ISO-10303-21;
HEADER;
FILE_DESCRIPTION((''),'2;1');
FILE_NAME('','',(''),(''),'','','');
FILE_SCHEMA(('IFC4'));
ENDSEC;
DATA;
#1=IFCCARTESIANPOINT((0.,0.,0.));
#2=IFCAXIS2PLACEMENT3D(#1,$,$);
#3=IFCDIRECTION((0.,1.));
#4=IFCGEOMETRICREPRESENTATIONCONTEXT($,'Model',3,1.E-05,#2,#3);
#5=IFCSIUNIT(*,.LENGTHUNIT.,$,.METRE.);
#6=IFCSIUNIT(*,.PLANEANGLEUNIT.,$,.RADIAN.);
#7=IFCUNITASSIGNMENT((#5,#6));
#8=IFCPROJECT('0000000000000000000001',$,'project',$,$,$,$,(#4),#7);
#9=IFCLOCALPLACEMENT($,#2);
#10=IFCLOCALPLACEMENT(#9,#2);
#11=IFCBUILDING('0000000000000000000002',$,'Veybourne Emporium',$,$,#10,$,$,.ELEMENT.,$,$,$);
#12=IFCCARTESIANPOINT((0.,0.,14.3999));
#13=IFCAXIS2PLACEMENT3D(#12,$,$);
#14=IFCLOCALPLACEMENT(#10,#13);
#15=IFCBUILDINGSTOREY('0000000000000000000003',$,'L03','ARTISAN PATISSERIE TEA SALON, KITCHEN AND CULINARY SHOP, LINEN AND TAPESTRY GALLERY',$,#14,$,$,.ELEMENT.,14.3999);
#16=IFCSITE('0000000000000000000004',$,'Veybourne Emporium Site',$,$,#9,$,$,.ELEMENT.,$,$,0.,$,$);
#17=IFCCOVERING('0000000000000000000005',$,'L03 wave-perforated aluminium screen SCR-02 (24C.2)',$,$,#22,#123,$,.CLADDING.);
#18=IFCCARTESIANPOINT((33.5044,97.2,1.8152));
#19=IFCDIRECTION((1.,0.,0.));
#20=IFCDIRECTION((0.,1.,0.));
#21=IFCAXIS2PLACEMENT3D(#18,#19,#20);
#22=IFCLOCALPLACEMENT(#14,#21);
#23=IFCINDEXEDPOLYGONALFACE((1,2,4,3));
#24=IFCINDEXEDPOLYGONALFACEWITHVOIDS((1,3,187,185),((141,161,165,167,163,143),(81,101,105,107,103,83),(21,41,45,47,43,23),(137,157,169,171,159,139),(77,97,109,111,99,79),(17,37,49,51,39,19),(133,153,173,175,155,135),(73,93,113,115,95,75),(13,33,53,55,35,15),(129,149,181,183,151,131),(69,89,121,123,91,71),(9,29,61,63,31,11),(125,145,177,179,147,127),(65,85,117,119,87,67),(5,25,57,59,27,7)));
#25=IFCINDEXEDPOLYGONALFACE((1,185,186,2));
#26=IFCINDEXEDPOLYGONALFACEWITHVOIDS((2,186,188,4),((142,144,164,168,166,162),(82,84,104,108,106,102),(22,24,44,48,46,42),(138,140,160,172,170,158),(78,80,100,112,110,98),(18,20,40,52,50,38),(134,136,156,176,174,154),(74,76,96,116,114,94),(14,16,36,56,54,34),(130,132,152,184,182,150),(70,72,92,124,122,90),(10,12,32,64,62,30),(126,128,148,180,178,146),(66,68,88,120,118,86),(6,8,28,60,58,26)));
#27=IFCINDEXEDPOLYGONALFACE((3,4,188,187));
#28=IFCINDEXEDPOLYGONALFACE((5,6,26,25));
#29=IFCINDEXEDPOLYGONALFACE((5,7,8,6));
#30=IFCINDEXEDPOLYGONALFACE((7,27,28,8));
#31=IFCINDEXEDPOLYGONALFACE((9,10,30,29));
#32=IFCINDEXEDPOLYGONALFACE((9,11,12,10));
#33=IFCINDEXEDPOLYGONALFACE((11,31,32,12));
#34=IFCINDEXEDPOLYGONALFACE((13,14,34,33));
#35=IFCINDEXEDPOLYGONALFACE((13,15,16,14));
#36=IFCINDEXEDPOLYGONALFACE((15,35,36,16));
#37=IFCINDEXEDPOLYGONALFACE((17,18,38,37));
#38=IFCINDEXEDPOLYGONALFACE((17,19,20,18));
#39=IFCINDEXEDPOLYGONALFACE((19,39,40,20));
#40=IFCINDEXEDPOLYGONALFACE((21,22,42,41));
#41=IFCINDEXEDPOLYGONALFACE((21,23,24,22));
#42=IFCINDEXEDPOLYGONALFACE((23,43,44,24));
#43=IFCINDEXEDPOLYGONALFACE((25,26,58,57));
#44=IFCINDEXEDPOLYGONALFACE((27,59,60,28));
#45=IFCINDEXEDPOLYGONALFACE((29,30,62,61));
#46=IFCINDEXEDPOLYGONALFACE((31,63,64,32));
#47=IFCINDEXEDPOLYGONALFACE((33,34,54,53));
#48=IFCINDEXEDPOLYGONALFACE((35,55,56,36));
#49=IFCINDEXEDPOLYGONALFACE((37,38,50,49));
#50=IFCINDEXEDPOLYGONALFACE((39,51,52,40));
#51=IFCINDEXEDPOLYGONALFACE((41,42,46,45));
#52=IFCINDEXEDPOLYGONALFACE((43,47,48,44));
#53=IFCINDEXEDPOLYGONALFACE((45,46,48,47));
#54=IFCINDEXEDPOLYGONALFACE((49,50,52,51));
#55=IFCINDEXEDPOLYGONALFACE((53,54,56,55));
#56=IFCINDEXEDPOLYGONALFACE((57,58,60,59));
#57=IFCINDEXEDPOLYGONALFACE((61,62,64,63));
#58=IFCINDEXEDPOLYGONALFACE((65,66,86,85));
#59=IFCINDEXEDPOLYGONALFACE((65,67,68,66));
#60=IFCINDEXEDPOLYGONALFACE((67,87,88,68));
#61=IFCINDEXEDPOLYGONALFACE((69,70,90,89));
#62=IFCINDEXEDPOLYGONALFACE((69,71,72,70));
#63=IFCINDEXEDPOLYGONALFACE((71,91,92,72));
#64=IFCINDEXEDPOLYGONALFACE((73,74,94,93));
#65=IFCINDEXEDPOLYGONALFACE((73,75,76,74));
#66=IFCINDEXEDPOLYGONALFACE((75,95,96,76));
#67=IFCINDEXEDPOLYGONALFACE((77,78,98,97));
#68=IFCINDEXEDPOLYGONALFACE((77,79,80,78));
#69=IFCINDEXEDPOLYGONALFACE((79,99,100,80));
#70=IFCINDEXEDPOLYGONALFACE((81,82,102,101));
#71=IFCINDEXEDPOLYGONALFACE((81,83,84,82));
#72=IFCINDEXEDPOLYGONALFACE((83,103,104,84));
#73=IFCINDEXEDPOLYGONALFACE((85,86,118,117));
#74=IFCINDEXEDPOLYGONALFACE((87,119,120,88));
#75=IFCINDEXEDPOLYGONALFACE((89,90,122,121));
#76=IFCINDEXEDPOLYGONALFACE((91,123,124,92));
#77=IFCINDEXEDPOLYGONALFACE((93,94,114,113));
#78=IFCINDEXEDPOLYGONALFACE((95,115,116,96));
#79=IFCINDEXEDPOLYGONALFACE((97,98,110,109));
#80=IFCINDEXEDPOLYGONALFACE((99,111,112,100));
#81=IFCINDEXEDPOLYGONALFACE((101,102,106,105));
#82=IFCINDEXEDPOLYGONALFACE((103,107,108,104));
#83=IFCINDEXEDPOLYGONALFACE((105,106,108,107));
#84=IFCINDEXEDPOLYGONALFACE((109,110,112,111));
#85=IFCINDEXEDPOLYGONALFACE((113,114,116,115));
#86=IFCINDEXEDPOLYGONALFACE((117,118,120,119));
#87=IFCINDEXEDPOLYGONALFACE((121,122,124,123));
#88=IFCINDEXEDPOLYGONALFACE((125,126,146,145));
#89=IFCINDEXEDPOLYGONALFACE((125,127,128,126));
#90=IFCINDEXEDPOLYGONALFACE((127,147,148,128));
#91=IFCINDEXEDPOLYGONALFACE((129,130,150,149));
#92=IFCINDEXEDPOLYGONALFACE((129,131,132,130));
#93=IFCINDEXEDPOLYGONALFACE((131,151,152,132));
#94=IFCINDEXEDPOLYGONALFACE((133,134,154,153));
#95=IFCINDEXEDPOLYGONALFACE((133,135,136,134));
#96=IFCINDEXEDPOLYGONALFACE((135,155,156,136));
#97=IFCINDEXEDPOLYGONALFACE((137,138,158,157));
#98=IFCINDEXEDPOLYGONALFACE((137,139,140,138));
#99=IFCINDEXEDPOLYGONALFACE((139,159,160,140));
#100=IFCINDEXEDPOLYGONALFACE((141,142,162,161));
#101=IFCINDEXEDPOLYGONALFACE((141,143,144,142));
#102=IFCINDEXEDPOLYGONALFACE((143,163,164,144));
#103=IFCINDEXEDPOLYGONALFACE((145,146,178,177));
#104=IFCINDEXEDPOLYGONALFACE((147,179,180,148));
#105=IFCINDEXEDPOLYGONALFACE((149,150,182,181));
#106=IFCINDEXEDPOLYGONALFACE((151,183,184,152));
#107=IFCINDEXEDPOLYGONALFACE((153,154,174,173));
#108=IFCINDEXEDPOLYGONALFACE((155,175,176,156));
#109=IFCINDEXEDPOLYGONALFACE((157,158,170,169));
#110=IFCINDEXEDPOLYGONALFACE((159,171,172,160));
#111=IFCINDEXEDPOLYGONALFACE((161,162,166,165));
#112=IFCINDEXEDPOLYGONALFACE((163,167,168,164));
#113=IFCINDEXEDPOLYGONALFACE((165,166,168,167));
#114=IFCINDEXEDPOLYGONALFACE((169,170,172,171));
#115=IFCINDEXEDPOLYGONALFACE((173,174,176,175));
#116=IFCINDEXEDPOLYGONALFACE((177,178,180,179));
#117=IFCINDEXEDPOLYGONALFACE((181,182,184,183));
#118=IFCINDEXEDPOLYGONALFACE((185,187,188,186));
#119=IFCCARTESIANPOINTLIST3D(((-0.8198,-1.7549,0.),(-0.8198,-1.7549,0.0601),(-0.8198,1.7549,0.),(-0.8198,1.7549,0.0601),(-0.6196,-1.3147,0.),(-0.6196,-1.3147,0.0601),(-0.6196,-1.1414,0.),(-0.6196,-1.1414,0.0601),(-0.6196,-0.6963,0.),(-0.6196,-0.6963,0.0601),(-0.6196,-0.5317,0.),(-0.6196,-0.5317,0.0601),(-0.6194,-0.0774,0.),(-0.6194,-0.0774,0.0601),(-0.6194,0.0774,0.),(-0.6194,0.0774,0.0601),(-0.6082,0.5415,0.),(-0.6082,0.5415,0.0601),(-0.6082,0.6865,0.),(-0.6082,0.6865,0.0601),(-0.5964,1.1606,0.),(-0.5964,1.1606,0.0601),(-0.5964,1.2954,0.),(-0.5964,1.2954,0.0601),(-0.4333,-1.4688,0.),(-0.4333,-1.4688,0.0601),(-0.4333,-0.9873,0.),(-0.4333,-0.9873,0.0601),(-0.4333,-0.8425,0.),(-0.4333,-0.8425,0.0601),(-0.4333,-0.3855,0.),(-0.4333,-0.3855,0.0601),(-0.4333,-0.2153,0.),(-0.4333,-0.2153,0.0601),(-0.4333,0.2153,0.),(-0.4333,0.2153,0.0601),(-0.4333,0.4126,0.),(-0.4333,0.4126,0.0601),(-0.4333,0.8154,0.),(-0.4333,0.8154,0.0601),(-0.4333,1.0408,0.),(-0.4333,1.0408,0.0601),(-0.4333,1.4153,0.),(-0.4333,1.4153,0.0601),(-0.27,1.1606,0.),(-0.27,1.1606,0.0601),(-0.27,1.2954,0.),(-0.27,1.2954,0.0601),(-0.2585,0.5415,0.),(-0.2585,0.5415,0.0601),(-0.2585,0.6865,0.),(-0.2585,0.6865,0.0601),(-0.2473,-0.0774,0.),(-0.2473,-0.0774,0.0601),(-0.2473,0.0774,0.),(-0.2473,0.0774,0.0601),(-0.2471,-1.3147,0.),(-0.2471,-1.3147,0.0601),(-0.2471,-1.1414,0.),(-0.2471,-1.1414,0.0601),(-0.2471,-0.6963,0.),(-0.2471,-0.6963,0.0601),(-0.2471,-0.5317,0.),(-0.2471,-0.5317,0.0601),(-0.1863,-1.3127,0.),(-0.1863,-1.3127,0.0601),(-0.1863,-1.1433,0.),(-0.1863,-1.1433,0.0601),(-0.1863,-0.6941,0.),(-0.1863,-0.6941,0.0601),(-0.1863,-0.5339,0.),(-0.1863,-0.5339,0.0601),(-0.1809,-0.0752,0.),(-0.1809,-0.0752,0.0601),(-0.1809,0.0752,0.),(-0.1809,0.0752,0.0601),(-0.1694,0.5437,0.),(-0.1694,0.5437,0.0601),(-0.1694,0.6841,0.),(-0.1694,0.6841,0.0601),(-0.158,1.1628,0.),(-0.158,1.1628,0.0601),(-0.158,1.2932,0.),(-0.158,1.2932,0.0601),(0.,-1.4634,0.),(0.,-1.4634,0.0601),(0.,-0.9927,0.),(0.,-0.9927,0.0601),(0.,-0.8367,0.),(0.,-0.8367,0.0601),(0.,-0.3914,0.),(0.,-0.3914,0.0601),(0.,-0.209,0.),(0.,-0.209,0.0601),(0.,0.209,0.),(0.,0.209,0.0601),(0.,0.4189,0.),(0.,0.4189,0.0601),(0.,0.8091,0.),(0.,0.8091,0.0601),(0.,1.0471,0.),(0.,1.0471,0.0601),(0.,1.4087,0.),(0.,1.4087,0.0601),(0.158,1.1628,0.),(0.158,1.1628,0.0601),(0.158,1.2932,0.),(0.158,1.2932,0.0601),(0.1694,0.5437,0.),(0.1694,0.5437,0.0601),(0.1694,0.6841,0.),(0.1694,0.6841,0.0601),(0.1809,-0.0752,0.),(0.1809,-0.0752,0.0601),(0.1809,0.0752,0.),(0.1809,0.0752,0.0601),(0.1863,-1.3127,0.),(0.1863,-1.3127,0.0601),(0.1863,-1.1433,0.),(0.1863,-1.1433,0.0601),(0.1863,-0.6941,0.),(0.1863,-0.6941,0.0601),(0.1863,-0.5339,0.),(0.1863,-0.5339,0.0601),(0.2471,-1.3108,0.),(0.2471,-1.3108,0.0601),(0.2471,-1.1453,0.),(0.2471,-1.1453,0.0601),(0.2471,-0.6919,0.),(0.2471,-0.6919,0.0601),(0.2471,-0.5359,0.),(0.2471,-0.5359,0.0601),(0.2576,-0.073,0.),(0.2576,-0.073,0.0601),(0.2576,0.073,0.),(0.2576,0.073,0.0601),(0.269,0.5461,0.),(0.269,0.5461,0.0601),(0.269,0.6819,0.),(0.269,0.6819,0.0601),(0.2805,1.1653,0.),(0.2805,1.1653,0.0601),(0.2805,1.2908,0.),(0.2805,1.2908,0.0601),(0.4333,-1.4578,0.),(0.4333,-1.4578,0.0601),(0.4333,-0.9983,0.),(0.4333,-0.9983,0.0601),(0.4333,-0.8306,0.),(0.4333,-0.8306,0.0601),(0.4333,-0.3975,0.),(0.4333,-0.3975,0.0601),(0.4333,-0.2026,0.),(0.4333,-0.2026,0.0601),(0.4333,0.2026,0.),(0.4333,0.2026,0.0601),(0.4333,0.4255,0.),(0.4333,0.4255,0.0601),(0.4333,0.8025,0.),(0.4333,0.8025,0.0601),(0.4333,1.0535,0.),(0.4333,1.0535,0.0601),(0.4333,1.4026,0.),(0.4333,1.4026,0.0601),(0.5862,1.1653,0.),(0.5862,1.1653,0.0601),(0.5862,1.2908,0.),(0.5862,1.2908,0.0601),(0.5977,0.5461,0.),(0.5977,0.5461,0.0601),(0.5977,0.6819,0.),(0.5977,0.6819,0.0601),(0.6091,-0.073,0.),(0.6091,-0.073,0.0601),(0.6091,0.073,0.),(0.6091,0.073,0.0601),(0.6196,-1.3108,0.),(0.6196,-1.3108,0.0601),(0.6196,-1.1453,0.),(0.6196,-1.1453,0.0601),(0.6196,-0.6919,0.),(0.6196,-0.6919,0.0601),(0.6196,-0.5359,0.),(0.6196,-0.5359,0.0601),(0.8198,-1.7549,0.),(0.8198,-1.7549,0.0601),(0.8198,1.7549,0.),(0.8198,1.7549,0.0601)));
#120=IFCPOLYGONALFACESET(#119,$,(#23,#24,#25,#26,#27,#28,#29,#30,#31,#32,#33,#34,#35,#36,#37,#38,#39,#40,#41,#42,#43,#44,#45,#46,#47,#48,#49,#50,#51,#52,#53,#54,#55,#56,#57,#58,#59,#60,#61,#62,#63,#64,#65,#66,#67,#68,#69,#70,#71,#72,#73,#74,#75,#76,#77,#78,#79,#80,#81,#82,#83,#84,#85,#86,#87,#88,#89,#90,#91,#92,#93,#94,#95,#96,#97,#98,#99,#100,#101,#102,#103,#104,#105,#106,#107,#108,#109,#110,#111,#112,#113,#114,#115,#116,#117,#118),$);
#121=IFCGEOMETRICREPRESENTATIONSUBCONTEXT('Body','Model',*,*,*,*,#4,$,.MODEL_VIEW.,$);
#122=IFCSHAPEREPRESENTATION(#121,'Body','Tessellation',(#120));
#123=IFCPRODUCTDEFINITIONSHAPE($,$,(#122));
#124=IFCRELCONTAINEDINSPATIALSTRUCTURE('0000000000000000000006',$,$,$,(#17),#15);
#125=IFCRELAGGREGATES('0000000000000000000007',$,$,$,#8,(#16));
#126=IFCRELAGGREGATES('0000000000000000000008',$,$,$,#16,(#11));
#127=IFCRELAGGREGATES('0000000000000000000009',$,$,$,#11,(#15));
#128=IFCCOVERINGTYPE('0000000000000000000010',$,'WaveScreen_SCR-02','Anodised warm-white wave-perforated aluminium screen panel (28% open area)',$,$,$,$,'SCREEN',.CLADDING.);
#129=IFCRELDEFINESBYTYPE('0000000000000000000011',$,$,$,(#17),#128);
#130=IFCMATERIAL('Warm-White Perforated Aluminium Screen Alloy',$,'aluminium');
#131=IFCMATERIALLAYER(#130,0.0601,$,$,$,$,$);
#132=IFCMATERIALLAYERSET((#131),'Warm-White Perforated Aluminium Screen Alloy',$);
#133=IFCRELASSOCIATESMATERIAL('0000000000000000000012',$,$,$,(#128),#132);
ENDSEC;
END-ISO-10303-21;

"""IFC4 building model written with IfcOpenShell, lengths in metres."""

from ifc_helpers import new_model, si_unit, direction, frame, origin, place, context, subcontext, project, spatial, polyline, outline, extrude, material, layer, layer_set, type_object, element, save


model = new_model("IFC4")

# Units and contexts
model_context = context("Model", 3, precision=1e-05, world=origin(), true_north=direction((0.0, 1.0)))
body_context = subcontext(model_context, "Body", "Model", "MODEL_VIEW")
ifc_project = project(units=[si_unit("LENGTHUNIT", "METRE"), si_unit("PLANEANGLEUNIT", "RADIAN")], contexts=[model_context])

# Site, building, storey
site_placement = place(None, origin())
site = spatial("IfcSite", under=ifc_project, at=site_placement, Name="Veybourne Emporium Site", CompositionType="ELEMENT", RefElevation=0.0)
building_placement = place(site_placement, origin())
building = spatial("IfcBuilding", under=site, at=building_placement, Name="Veybourne Emporium", CompositionType="ELEMENT")
storey_placement = place(building_placement, frame((0.0, 0.0, 14.3999)))
storey = spatial("IfcBuildingStorey", under=building, at=storey_placement, Name="L03", Description="ARTISAN PATISSERIE TEA SALON, KITCHEN AND CULINARY SHOP, LINEN AND TAPESTRY GALLERY", CompositionType="ELEMENT", Elevation=14.3999)

# Covering
ifc_material_1 = material(Name="Warm-White Perforated Aluminium Screen Alloy", Category="aluminium")
ifc_layer_1 = layer(ifc_material_1, 0.0601)
ifc_layer_set_1 = layer_set([ifc_layer_1], Name="Warm-White Perforated Aluminium Screen Alloy")
covering_type_1 = type_object("IfcCoveringType", Name="WaveScreen_SCR-02", Description="Anodised warm-white wave-perforated aluminium screen panel (28% open area)", ElementType="SCREEN", PredefinedType="CLADDING", material=ifc_layer_set_1)
covering_1_placement = place(storey_placement, frame((33.5044, 97.2, 1.8152), z_axis=(1.0, 0.0, 0.0), x_axis=(0.0, 1.0, 0.0)))
element("IfcCovering", 1, at=covering_1_placement, inside=storey, type_object=covering_type_1, Name="L03 wave-perforated aluminium screen SCR-02 (24C.2)", PredefinedType="CLADDING", context=body_context, shape_type="SweptSolid", body=[
    extrude(outline(polyline([(-0.8198, -1.7549), (0.8198, -1.7549), (0.8198, 1.7549), (-0.8198, 1.7549), (-0.8198, -1.7549)]), holes=[polyline([(-0.4333, -0.9873), (-0.2471, -1.1414), (-0.2471, -1.3147), (-0.4333, -1.4688), (-0.6196, -1.3147), (-0.6196, -1.1414), (-0.4333, -0.9873)]), polyline([(-0.4333, -0.3855), (-0.2471, -0.5317), (-0.2471, -0.6963), (-0.4333, -0.8425), (-0.6196, -0.6963), (-0.6196, -0.5317), (-0.4333, -0.3855)]), polyline([(-0.4333, 0.2153), (-0.2473, 0.0774), (-0.2473, -0.0774), (-0.4333, -0.2153), (-0.6194, -0.0774), (-0.6194, 0.0774), (-0.4333, 0.2153)]), polyline([(-0.4333, 0.8154), (-0.2585, 0.6865), (-0.2585, 0.5415), (-0.4333, 0.4126), (-0.6082, 0.5415), (-0.6082, 0.6865), (-0.4333, 0.8154)]), polyline([(-0.4333, 1.4153), (-0.27, 1.2954), (-0.27, 1.1606), (-0.4333, 1.0408), (-0.5964, 1.1606), (-0.5964, 1.2954), (-0.4333, 1.4153)]), polyline([(0.0, -0.9927), (0.1863, -1.1433), (0.1863, -1.3127), (0.0, -1.4634), (-0.1863, -1.3127), (-0.1863, -1.1433), (0.0, -0.9927)]), polyline([(0.0, -0.3914), (0.1863, -0.5339), (0.1863, -0.6941), (0.0, -0.8367), (-0.1863, -0.6941), (-0.1863, -0.5339), (0.0, -0.3914)]), polyline([(0.0, 0.209), (0.1809, 0.0752), (0.1809, -0.0752), (0.0, -0.209), (-0.1809, -0.0752), (-0.1809, 0.0752), (0.0, 0.209)]), polyline([(0.0, 0.8091), (0.1694, 0.6841), (0.1694, 0.5437), (0.0, 0.4189), (-0.1694, 0.5437), (-0.1694, 0.6841), (0.0, 0.8091)]), polyline([(0.0, 1.4087), (0.158, 1.2932), (0.158, 1.1628), (0.0, 1.0471), (-0.158, 1.1628), (-0.158, 1.2932), (0.0, 1.4087)]), polyline([(0.4333, -0.9983), (0.6196, -1.1453), (0.6196, -1.3108), (0.4333, -1.4578), (0.2471, -1.3108), (0.2471, -1.1453), (0.4333, -0.9983)]), polyline([(0.4333, -0.3975), (0.6196, -0.5359), (0.6196, -0.6919), (0.4333, -0.8306), (0.2471, -0.6919), (0.2471, -0.5359), (0.4333, -0.3975)]), polyline([(0.4333, 0.2026), (0.6091, 0.073), (0.6091, -0.073), (0.4333, -0.2026), (0.2576, -0.073), (0.2576, 0.073), (0.4333, 0.2026)]), polyline([(0.4333, 0.8025), (0.5977, 0.6819), (0.5977, 0.5461), (0.4333, 0.4255), (0.269, 0.5461), (0.269, 0.6819), (0.4333, 0.8025)]), polyline([(0.4333, 1.4026), (0.5862, 1.2908), (0.5862, 1.1653), (0.4333, 1.0535), (0.2805, 1.1653), (0.2805, 1.2908), (0.4333, 1.4026)])]), origin(), (0.0, 0.0, 1.0), 0.0601),
])

save(model, "model.ifc")
